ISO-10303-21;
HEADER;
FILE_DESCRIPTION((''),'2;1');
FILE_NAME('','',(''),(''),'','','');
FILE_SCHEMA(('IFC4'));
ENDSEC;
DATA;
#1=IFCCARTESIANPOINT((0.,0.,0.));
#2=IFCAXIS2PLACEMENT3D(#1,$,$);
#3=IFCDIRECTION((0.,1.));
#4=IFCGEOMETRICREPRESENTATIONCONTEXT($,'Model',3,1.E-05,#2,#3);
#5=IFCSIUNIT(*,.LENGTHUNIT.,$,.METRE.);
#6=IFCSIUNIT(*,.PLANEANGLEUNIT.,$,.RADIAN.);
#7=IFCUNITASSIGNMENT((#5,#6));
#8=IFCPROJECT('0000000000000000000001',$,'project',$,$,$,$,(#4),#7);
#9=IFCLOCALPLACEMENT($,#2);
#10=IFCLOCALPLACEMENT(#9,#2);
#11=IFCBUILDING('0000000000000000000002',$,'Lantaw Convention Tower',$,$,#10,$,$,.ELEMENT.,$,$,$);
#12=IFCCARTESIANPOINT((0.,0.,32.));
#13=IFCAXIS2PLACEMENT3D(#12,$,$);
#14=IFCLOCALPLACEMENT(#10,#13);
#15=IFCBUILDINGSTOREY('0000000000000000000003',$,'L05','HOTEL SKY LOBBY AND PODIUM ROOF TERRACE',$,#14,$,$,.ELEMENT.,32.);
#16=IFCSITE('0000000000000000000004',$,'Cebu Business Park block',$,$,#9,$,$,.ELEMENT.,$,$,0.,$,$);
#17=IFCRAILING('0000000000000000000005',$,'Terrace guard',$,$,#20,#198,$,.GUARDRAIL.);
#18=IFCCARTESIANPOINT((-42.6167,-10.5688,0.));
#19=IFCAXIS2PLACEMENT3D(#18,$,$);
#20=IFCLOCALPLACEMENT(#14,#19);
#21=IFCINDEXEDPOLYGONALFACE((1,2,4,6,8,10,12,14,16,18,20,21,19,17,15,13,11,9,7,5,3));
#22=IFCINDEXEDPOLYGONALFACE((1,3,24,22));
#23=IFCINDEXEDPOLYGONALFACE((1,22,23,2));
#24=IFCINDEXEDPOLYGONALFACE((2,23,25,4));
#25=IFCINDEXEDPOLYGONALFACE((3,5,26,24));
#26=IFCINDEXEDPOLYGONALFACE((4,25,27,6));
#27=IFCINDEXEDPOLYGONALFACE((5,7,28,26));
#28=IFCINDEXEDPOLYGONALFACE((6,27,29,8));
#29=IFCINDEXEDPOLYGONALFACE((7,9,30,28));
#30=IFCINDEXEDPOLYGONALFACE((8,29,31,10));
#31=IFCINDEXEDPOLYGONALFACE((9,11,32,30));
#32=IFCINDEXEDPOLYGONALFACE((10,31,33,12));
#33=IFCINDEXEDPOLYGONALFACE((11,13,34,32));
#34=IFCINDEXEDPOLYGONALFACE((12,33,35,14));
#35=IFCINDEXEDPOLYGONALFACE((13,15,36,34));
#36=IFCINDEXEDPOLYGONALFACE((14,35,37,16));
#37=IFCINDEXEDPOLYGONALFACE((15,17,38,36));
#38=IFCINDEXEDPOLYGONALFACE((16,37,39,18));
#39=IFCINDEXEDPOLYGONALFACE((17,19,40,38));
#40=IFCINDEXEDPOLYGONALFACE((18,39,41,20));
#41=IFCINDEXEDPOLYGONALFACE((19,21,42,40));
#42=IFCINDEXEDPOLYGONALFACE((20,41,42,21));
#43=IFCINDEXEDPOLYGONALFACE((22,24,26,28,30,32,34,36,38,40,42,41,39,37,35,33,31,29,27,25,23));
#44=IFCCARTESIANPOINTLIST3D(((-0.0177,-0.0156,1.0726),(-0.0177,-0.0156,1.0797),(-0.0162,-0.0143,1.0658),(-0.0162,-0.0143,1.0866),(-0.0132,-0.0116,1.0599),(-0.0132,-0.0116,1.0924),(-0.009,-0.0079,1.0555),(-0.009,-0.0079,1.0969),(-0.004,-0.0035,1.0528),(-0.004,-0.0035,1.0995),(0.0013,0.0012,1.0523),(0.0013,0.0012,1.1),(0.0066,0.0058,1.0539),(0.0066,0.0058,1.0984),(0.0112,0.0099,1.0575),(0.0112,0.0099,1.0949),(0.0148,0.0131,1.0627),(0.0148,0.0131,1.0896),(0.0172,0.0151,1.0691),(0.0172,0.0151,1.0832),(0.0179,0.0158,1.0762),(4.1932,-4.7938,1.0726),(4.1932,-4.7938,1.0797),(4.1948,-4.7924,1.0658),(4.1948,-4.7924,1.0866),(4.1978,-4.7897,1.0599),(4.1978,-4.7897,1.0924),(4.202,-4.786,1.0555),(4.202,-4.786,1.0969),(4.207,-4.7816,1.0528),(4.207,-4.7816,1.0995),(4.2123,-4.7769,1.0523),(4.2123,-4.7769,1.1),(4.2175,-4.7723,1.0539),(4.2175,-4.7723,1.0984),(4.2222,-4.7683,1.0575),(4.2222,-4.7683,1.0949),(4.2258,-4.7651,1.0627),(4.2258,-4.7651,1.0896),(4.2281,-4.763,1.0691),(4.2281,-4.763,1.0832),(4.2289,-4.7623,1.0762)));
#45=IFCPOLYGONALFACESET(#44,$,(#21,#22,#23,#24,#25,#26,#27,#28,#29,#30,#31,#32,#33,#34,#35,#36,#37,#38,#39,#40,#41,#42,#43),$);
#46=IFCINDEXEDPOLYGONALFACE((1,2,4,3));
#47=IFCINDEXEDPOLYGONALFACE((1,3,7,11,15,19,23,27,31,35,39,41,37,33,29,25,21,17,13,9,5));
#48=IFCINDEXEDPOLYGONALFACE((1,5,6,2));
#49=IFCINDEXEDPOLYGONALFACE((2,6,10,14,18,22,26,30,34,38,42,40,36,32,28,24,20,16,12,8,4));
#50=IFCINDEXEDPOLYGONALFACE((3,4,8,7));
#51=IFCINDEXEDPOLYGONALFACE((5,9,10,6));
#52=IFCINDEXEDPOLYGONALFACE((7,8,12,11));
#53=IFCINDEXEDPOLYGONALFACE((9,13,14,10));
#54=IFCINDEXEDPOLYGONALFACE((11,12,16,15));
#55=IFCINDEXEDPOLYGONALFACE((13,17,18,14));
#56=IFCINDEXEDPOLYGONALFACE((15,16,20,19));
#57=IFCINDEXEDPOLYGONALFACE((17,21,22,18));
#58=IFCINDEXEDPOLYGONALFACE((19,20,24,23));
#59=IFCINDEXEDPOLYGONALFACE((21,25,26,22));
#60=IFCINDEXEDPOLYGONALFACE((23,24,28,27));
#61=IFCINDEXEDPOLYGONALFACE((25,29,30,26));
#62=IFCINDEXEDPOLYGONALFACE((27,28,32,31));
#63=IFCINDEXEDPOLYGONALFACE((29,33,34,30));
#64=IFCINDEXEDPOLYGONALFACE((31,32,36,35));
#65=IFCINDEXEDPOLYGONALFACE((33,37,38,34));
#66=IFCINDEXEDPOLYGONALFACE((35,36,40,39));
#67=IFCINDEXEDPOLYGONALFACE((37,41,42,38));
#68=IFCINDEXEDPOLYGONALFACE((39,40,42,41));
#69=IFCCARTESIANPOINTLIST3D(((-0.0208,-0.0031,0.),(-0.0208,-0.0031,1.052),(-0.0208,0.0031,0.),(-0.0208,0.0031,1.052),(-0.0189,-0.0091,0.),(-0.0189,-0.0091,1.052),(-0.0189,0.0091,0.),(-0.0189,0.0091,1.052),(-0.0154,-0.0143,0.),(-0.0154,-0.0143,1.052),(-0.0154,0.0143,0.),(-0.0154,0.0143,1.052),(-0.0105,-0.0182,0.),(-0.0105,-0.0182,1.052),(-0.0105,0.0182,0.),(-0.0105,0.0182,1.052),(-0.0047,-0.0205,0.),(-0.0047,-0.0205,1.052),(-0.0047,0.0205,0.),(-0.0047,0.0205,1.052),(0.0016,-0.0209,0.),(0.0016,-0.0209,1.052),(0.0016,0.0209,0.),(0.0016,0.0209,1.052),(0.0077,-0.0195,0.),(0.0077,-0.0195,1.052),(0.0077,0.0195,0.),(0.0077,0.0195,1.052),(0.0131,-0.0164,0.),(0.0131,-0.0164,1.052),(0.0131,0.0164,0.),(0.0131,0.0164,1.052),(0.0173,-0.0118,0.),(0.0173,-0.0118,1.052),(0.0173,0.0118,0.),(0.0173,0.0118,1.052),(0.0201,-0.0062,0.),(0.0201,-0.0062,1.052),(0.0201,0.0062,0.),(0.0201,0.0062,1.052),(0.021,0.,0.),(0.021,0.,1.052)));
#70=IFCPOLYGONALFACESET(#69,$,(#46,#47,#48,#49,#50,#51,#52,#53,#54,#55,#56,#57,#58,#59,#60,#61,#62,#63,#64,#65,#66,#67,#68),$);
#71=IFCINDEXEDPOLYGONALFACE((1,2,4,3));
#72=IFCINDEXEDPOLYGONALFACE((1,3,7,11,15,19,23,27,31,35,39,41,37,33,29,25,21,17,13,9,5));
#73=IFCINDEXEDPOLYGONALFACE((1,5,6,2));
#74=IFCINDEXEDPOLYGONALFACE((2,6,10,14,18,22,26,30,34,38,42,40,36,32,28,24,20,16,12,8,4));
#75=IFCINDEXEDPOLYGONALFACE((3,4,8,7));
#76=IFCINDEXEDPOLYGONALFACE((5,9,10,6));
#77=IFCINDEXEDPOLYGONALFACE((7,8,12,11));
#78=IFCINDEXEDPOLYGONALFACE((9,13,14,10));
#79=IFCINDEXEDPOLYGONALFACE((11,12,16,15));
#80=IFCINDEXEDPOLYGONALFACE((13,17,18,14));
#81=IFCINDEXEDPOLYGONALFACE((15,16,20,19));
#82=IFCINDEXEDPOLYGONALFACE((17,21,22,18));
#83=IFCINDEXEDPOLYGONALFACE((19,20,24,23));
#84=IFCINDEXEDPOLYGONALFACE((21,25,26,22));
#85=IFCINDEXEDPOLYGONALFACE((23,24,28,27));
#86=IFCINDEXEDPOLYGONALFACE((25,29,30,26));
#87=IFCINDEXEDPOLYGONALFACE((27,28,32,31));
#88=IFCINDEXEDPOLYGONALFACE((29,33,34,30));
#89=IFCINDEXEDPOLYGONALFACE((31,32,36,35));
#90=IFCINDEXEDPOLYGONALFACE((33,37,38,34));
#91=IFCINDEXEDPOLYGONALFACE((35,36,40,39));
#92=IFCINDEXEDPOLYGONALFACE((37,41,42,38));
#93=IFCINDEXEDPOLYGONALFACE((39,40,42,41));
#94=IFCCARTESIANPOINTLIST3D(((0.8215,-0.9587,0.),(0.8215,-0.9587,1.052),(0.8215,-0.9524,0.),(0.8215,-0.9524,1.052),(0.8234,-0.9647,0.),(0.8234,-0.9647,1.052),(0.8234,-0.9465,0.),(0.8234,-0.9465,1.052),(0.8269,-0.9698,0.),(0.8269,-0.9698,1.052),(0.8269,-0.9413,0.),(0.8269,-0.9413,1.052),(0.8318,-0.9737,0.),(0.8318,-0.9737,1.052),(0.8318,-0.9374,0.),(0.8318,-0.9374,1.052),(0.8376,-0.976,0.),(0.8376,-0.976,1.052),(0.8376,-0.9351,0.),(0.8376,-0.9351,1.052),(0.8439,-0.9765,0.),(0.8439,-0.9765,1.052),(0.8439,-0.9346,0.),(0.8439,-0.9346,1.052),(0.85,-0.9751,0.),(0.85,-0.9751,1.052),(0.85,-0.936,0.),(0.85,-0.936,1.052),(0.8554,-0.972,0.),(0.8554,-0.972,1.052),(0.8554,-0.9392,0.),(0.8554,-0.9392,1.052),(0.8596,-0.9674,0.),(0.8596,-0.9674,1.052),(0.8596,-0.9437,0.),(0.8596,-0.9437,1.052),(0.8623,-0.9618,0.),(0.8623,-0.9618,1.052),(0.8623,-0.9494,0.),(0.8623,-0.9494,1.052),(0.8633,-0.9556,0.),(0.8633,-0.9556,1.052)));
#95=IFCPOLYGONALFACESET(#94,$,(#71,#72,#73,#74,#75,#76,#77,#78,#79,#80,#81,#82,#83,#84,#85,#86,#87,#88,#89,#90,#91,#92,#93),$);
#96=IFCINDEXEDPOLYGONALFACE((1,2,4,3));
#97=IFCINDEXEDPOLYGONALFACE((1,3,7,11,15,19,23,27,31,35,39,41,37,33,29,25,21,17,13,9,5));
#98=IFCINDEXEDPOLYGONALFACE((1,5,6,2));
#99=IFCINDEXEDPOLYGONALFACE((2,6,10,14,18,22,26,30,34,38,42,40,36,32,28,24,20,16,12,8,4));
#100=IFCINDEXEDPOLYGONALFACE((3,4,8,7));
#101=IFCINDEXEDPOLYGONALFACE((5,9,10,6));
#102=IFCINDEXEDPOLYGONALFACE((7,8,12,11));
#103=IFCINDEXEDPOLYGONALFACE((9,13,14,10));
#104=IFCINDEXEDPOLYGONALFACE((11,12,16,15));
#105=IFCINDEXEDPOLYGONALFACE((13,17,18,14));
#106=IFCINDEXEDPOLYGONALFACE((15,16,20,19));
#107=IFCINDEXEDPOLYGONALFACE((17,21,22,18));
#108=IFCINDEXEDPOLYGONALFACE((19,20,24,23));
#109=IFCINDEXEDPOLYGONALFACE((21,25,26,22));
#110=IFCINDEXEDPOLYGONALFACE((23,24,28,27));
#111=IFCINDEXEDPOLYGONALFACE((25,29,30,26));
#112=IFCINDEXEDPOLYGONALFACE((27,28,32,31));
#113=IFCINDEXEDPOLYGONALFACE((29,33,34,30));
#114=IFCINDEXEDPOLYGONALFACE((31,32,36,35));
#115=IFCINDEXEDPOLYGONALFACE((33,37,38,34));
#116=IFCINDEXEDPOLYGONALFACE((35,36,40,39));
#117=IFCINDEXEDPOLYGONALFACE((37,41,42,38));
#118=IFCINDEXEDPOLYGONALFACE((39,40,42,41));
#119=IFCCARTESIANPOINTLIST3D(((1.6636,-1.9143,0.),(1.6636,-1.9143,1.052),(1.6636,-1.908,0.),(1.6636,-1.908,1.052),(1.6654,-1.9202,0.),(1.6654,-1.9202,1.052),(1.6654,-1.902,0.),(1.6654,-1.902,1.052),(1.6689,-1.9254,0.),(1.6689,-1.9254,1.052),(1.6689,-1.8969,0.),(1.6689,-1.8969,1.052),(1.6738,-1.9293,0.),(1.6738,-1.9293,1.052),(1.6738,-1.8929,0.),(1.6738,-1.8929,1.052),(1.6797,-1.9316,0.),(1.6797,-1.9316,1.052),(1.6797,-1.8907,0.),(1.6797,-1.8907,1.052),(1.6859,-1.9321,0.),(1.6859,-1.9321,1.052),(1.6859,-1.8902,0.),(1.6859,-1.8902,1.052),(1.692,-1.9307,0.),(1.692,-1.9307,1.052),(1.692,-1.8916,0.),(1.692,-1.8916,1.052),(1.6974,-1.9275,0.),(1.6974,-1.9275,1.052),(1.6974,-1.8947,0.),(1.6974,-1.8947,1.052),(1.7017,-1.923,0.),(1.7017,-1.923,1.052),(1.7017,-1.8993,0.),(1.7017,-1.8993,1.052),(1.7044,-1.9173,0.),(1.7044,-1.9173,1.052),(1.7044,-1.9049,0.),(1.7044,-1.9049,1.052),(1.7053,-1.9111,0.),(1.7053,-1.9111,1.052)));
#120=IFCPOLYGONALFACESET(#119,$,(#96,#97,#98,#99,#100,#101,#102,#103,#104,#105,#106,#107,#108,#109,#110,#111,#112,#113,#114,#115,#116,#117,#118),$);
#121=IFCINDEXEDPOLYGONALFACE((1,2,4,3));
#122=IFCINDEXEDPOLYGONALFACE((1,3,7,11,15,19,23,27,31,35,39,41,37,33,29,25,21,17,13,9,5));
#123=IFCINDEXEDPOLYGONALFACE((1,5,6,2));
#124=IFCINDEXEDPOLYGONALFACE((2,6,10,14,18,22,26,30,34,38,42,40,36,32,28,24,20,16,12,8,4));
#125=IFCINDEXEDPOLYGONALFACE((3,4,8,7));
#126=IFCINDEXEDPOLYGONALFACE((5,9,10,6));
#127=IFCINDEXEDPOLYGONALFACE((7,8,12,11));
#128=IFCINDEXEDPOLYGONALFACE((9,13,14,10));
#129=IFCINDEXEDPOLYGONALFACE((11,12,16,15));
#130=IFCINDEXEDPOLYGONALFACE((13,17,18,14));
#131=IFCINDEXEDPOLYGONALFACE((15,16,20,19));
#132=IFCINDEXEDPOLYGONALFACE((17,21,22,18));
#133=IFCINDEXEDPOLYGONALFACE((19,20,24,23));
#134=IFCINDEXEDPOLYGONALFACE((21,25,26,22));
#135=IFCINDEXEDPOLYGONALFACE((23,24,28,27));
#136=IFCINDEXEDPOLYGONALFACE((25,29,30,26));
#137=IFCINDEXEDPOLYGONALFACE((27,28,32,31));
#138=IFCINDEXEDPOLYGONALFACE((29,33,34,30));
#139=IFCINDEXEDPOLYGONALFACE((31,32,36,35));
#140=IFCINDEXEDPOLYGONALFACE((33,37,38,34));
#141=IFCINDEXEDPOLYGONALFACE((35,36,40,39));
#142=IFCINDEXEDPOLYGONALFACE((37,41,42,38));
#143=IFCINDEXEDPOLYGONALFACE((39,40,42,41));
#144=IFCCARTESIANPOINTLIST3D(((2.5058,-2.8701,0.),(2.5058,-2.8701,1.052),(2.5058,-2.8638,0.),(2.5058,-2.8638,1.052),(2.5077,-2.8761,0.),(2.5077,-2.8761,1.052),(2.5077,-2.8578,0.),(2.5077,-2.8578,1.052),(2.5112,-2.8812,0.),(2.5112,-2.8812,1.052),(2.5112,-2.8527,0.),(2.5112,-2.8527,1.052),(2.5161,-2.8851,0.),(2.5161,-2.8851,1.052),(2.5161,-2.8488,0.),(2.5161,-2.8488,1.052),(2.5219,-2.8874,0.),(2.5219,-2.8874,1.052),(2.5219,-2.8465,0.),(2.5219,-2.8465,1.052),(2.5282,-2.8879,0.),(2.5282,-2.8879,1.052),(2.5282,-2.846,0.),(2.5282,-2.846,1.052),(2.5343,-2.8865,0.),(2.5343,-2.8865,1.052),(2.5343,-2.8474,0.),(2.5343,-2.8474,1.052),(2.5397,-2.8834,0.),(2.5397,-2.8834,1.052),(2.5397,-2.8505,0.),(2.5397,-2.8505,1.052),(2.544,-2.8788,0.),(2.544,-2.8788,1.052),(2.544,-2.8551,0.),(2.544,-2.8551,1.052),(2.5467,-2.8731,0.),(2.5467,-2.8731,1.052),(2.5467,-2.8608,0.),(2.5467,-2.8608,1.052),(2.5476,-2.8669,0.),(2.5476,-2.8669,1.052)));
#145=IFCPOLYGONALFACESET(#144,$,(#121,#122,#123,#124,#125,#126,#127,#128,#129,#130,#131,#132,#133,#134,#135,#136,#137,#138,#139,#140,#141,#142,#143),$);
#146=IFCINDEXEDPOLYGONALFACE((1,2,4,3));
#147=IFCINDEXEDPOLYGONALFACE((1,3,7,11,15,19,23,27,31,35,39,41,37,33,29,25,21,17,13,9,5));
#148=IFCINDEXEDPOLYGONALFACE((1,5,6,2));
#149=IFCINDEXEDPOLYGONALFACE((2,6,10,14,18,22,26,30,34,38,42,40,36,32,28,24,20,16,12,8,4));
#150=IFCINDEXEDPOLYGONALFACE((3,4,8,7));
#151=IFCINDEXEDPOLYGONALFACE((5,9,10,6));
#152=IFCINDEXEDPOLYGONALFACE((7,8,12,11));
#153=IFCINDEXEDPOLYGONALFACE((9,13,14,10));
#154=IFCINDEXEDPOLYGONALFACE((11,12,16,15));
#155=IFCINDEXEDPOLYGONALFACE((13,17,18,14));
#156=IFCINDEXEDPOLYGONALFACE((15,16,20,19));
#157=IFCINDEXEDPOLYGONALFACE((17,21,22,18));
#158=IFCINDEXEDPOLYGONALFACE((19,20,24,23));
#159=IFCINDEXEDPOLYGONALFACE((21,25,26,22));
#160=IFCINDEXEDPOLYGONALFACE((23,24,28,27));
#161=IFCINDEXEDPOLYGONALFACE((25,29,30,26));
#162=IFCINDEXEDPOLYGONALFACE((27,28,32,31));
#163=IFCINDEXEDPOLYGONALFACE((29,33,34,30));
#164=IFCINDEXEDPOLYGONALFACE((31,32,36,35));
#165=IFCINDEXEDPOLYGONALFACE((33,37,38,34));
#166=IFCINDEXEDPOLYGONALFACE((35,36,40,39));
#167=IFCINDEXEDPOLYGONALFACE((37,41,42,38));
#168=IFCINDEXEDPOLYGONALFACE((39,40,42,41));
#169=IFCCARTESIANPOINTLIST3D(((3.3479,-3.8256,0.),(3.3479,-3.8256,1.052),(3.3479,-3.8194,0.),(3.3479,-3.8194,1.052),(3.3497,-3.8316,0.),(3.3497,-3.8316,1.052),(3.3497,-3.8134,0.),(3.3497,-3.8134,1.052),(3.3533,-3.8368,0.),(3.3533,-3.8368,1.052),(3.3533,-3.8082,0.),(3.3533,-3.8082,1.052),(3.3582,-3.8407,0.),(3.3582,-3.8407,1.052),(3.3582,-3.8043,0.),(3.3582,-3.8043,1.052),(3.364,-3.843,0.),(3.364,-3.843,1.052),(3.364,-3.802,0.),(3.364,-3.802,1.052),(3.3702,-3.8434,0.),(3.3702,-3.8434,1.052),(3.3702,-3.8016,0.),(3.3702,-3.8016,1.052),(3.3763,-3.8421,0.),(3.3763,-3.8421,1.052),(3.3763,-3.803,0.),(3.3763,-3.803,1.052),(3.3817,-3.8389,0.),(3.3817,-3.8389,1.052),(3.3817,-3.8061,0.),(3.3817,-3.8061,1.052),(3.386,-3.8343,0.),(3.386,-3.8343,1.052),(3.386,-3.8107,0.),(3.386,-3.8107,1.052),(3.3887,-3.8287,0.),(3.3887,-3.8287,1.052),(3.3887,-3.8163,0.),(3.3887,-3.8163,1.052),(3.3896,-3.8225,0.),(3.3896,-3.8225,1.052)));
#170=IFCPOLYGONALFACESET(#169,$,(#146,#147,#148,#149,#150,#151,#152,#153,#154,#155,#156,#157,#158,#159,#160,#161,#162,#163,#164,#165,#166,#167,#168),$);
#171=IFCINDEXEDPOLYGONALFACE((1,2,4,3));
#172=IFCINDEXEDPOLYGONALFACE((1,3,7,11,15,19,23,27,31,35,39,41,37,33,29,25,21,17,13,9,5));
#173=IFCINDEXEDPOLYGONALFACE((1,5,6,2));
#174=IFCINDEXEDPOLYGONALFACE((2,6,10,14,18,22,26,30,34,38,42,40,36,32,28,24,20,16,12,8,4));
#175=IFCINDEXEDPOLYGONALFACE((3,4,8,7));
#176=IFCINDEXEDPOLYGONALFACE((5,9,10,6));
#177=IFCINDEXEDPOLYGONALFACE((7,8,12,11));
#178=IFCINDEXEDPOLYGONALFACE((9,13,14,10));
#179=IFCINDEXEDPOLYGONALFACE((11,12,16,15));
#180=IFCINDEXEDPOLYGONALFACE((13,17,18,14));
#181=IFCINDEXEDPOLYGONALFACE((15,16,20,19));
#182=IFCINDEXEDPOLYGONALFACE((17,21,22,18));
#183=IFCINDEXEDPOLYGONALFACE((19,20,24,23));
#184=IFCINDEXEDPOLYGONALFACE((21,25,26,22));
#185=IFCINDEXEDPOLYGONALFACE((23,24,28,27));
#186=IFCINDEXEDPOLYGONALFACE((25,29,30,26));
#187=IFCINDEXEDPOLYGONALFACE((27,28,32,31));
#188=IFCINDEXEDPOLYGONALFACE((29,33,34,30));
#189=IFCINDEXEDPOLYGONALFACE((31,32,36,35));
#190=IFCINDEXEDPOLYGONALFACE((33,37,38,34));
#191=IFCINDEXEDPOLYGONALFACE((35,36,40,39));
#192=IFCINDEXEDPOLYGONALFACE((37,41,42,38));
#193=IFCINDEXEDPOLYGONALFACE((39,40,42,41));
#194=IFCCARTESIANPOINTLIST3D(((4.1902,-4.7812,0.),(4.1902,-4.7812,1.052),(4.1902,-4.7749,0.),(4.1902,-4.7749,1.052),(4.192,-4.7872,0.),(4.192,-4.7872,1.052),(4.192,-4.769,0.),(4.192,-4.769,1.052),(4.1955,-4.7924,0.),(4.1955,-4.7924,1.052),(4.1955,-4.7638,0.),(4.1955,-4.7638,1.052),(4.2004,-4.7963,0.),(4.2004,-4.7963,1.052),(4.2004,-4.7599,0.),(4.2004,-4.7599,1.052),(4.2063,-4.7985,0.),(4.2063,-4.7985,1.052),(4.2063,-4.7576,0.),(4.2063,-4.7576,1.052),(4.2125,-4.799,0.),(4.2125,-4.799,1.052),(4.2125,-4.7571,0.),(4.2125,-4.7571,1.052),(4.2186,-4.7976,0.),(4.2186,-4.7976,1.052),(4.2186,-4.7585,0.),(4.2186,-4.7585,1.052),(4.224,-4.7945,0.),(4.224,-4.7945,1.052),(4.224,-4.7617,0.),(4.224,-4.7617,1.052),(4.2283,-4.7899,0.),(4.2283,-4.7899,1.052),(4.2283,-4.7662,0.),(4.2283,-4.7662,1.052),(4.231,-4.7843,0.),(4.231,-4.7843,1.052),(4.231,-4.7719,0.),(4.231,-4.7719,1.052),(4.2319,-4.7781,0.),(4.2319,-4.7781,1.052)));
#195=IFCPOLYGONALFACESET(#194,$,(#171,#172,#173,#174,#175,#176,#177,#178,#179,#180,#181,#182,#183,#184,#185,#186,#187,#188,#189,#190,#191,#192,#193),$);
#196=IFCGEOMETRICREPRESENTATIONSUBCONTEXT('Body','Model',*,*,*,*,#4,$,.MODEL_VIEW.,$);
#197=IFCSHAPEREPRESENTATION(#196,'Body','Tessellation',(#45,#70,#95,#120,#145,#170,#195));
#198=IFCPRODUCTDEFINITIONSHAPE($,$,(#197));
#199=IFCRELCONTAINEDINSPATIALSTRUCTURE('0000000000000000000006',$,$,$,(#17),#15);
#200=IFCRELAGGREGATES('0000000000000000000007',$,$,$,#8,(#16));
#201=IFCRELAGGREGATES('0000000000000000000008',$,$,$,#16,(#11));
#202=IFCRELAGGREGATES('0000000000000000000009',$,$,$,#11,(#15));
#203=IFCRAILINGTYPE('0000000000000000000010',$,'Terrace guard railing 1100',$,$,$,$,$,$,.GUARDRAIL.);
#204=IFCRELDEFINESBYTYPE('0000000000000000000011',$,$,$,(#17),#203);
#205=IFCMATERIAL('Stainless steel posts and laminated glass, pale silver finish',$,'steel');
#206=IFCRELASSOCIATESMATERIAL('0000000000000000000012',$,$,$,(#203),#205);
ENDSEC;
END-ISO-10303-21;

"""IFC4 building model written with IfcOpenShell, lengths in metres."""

from ifc_helpers import new_model, si_unit, direction, frame, origin, origin_2d, place, context, subcontext, project, spatial, circle, extrude, material, type_object, element, save


model = new_model("IFC4")

# Units and contexts
model_context = context("Model", 3, precision=1e-05, world=origin(), true_north=direction((0.0, 1.0)))
body_context = subcontext(model_context, "Body", "Model", "MODEL_VIEW")
ifc_project = project(units=[si_unit("LENGTHUNIT", "METRE"), si_unit("PLANEANGLEUNIT", "RADIAN")], contexts=[model_context])

# Site, building, storey
site_placement = place(None, origin())
site = spatial("IfcSite", under=ifc_project, at=site_placement, Name="Cebu Business Park block", CompositionType="ELEMENT", RefElevation=0.0)
building_placement = place(site_placement, origin())
building = spatial("IfcBuilding", under=site, at=building_placement, Name="Lantaw Convention Tower", CompositionType="ELEMENT")
storey_placement = place(building_placement, frame((0.0, 0.0, 32.0)))
storey = spatial("IfcBuildingStorey", under=building, at=storey_placement, Name="L05", Description="HOTEL SKY LOBBY AND PODIUM ROOF TERRACE", CompositionType="ELEMENT", Elevation=32.0)

# Railing
ifc_material_1 = material(Name="Stainless steel posts and laminated glass, pale silver finish", Category="steel")
railing_type_1 = type_object("IfcRailingType", Name="Terrace guard railing 1100", PredefinedType="GUARDRAIL", material=ifc_material_1)
railing_1_placement = place(storey_placement, frame((-42.6167, -10.5688, 0.0)))
element("IfcRailing", 1, at=railing_1_placement, inside=storey, type_object=railing_type_1, Name="Terrace guard", PredefinedType="GUARDRAIL", context=body_context, shape_type="SweptSolid", body=[
    extrude(circle(Radius=0.0239, at=origin_2d()), frame((0.0, 0.0, 1.0762), z_axis=(0.661179, -0.750228, 0.0), x_axis=(0.750228, 0.661179, 0.0)), (0.0, 0.0, 1.0), 6.3689),
    extrude(circle(Radius=0.021, at=origin_2d()), origin(), (0.0, 0.0, 1.0), 1.052),
    extrude(circle(Radius=0.021, at=origin_2d()), frame((0.8423, -0.9556, 0.0)), (0.0, 0.0, 1.0), 1.052),
    extrude(circle(Radius=0.021, at=origin_2d()), frame((1.6843, -1.9111, 0.0)), (0.0, 0.0, 1.0), 1.052),
    extrude(circle(Radius=0.021, at=origin_2d()), frame((2.5266, -2.8669, 0.0)), (0.0, 0.0, 1.0), 1.052),
    extrude(circle(Radius=0.021, at=origin_2d()), frame((3.3687, -3.8225, 0.0)), (0.0, 0.0, 1.0), 1.052),
    extrude(circle(Radius=0.021, at=origin_2d()), frame((4.2109, -4.7781, 0.0)), (0.0, 0.0, 1.0), 1.052),
])

save(model, "model.ifc")
